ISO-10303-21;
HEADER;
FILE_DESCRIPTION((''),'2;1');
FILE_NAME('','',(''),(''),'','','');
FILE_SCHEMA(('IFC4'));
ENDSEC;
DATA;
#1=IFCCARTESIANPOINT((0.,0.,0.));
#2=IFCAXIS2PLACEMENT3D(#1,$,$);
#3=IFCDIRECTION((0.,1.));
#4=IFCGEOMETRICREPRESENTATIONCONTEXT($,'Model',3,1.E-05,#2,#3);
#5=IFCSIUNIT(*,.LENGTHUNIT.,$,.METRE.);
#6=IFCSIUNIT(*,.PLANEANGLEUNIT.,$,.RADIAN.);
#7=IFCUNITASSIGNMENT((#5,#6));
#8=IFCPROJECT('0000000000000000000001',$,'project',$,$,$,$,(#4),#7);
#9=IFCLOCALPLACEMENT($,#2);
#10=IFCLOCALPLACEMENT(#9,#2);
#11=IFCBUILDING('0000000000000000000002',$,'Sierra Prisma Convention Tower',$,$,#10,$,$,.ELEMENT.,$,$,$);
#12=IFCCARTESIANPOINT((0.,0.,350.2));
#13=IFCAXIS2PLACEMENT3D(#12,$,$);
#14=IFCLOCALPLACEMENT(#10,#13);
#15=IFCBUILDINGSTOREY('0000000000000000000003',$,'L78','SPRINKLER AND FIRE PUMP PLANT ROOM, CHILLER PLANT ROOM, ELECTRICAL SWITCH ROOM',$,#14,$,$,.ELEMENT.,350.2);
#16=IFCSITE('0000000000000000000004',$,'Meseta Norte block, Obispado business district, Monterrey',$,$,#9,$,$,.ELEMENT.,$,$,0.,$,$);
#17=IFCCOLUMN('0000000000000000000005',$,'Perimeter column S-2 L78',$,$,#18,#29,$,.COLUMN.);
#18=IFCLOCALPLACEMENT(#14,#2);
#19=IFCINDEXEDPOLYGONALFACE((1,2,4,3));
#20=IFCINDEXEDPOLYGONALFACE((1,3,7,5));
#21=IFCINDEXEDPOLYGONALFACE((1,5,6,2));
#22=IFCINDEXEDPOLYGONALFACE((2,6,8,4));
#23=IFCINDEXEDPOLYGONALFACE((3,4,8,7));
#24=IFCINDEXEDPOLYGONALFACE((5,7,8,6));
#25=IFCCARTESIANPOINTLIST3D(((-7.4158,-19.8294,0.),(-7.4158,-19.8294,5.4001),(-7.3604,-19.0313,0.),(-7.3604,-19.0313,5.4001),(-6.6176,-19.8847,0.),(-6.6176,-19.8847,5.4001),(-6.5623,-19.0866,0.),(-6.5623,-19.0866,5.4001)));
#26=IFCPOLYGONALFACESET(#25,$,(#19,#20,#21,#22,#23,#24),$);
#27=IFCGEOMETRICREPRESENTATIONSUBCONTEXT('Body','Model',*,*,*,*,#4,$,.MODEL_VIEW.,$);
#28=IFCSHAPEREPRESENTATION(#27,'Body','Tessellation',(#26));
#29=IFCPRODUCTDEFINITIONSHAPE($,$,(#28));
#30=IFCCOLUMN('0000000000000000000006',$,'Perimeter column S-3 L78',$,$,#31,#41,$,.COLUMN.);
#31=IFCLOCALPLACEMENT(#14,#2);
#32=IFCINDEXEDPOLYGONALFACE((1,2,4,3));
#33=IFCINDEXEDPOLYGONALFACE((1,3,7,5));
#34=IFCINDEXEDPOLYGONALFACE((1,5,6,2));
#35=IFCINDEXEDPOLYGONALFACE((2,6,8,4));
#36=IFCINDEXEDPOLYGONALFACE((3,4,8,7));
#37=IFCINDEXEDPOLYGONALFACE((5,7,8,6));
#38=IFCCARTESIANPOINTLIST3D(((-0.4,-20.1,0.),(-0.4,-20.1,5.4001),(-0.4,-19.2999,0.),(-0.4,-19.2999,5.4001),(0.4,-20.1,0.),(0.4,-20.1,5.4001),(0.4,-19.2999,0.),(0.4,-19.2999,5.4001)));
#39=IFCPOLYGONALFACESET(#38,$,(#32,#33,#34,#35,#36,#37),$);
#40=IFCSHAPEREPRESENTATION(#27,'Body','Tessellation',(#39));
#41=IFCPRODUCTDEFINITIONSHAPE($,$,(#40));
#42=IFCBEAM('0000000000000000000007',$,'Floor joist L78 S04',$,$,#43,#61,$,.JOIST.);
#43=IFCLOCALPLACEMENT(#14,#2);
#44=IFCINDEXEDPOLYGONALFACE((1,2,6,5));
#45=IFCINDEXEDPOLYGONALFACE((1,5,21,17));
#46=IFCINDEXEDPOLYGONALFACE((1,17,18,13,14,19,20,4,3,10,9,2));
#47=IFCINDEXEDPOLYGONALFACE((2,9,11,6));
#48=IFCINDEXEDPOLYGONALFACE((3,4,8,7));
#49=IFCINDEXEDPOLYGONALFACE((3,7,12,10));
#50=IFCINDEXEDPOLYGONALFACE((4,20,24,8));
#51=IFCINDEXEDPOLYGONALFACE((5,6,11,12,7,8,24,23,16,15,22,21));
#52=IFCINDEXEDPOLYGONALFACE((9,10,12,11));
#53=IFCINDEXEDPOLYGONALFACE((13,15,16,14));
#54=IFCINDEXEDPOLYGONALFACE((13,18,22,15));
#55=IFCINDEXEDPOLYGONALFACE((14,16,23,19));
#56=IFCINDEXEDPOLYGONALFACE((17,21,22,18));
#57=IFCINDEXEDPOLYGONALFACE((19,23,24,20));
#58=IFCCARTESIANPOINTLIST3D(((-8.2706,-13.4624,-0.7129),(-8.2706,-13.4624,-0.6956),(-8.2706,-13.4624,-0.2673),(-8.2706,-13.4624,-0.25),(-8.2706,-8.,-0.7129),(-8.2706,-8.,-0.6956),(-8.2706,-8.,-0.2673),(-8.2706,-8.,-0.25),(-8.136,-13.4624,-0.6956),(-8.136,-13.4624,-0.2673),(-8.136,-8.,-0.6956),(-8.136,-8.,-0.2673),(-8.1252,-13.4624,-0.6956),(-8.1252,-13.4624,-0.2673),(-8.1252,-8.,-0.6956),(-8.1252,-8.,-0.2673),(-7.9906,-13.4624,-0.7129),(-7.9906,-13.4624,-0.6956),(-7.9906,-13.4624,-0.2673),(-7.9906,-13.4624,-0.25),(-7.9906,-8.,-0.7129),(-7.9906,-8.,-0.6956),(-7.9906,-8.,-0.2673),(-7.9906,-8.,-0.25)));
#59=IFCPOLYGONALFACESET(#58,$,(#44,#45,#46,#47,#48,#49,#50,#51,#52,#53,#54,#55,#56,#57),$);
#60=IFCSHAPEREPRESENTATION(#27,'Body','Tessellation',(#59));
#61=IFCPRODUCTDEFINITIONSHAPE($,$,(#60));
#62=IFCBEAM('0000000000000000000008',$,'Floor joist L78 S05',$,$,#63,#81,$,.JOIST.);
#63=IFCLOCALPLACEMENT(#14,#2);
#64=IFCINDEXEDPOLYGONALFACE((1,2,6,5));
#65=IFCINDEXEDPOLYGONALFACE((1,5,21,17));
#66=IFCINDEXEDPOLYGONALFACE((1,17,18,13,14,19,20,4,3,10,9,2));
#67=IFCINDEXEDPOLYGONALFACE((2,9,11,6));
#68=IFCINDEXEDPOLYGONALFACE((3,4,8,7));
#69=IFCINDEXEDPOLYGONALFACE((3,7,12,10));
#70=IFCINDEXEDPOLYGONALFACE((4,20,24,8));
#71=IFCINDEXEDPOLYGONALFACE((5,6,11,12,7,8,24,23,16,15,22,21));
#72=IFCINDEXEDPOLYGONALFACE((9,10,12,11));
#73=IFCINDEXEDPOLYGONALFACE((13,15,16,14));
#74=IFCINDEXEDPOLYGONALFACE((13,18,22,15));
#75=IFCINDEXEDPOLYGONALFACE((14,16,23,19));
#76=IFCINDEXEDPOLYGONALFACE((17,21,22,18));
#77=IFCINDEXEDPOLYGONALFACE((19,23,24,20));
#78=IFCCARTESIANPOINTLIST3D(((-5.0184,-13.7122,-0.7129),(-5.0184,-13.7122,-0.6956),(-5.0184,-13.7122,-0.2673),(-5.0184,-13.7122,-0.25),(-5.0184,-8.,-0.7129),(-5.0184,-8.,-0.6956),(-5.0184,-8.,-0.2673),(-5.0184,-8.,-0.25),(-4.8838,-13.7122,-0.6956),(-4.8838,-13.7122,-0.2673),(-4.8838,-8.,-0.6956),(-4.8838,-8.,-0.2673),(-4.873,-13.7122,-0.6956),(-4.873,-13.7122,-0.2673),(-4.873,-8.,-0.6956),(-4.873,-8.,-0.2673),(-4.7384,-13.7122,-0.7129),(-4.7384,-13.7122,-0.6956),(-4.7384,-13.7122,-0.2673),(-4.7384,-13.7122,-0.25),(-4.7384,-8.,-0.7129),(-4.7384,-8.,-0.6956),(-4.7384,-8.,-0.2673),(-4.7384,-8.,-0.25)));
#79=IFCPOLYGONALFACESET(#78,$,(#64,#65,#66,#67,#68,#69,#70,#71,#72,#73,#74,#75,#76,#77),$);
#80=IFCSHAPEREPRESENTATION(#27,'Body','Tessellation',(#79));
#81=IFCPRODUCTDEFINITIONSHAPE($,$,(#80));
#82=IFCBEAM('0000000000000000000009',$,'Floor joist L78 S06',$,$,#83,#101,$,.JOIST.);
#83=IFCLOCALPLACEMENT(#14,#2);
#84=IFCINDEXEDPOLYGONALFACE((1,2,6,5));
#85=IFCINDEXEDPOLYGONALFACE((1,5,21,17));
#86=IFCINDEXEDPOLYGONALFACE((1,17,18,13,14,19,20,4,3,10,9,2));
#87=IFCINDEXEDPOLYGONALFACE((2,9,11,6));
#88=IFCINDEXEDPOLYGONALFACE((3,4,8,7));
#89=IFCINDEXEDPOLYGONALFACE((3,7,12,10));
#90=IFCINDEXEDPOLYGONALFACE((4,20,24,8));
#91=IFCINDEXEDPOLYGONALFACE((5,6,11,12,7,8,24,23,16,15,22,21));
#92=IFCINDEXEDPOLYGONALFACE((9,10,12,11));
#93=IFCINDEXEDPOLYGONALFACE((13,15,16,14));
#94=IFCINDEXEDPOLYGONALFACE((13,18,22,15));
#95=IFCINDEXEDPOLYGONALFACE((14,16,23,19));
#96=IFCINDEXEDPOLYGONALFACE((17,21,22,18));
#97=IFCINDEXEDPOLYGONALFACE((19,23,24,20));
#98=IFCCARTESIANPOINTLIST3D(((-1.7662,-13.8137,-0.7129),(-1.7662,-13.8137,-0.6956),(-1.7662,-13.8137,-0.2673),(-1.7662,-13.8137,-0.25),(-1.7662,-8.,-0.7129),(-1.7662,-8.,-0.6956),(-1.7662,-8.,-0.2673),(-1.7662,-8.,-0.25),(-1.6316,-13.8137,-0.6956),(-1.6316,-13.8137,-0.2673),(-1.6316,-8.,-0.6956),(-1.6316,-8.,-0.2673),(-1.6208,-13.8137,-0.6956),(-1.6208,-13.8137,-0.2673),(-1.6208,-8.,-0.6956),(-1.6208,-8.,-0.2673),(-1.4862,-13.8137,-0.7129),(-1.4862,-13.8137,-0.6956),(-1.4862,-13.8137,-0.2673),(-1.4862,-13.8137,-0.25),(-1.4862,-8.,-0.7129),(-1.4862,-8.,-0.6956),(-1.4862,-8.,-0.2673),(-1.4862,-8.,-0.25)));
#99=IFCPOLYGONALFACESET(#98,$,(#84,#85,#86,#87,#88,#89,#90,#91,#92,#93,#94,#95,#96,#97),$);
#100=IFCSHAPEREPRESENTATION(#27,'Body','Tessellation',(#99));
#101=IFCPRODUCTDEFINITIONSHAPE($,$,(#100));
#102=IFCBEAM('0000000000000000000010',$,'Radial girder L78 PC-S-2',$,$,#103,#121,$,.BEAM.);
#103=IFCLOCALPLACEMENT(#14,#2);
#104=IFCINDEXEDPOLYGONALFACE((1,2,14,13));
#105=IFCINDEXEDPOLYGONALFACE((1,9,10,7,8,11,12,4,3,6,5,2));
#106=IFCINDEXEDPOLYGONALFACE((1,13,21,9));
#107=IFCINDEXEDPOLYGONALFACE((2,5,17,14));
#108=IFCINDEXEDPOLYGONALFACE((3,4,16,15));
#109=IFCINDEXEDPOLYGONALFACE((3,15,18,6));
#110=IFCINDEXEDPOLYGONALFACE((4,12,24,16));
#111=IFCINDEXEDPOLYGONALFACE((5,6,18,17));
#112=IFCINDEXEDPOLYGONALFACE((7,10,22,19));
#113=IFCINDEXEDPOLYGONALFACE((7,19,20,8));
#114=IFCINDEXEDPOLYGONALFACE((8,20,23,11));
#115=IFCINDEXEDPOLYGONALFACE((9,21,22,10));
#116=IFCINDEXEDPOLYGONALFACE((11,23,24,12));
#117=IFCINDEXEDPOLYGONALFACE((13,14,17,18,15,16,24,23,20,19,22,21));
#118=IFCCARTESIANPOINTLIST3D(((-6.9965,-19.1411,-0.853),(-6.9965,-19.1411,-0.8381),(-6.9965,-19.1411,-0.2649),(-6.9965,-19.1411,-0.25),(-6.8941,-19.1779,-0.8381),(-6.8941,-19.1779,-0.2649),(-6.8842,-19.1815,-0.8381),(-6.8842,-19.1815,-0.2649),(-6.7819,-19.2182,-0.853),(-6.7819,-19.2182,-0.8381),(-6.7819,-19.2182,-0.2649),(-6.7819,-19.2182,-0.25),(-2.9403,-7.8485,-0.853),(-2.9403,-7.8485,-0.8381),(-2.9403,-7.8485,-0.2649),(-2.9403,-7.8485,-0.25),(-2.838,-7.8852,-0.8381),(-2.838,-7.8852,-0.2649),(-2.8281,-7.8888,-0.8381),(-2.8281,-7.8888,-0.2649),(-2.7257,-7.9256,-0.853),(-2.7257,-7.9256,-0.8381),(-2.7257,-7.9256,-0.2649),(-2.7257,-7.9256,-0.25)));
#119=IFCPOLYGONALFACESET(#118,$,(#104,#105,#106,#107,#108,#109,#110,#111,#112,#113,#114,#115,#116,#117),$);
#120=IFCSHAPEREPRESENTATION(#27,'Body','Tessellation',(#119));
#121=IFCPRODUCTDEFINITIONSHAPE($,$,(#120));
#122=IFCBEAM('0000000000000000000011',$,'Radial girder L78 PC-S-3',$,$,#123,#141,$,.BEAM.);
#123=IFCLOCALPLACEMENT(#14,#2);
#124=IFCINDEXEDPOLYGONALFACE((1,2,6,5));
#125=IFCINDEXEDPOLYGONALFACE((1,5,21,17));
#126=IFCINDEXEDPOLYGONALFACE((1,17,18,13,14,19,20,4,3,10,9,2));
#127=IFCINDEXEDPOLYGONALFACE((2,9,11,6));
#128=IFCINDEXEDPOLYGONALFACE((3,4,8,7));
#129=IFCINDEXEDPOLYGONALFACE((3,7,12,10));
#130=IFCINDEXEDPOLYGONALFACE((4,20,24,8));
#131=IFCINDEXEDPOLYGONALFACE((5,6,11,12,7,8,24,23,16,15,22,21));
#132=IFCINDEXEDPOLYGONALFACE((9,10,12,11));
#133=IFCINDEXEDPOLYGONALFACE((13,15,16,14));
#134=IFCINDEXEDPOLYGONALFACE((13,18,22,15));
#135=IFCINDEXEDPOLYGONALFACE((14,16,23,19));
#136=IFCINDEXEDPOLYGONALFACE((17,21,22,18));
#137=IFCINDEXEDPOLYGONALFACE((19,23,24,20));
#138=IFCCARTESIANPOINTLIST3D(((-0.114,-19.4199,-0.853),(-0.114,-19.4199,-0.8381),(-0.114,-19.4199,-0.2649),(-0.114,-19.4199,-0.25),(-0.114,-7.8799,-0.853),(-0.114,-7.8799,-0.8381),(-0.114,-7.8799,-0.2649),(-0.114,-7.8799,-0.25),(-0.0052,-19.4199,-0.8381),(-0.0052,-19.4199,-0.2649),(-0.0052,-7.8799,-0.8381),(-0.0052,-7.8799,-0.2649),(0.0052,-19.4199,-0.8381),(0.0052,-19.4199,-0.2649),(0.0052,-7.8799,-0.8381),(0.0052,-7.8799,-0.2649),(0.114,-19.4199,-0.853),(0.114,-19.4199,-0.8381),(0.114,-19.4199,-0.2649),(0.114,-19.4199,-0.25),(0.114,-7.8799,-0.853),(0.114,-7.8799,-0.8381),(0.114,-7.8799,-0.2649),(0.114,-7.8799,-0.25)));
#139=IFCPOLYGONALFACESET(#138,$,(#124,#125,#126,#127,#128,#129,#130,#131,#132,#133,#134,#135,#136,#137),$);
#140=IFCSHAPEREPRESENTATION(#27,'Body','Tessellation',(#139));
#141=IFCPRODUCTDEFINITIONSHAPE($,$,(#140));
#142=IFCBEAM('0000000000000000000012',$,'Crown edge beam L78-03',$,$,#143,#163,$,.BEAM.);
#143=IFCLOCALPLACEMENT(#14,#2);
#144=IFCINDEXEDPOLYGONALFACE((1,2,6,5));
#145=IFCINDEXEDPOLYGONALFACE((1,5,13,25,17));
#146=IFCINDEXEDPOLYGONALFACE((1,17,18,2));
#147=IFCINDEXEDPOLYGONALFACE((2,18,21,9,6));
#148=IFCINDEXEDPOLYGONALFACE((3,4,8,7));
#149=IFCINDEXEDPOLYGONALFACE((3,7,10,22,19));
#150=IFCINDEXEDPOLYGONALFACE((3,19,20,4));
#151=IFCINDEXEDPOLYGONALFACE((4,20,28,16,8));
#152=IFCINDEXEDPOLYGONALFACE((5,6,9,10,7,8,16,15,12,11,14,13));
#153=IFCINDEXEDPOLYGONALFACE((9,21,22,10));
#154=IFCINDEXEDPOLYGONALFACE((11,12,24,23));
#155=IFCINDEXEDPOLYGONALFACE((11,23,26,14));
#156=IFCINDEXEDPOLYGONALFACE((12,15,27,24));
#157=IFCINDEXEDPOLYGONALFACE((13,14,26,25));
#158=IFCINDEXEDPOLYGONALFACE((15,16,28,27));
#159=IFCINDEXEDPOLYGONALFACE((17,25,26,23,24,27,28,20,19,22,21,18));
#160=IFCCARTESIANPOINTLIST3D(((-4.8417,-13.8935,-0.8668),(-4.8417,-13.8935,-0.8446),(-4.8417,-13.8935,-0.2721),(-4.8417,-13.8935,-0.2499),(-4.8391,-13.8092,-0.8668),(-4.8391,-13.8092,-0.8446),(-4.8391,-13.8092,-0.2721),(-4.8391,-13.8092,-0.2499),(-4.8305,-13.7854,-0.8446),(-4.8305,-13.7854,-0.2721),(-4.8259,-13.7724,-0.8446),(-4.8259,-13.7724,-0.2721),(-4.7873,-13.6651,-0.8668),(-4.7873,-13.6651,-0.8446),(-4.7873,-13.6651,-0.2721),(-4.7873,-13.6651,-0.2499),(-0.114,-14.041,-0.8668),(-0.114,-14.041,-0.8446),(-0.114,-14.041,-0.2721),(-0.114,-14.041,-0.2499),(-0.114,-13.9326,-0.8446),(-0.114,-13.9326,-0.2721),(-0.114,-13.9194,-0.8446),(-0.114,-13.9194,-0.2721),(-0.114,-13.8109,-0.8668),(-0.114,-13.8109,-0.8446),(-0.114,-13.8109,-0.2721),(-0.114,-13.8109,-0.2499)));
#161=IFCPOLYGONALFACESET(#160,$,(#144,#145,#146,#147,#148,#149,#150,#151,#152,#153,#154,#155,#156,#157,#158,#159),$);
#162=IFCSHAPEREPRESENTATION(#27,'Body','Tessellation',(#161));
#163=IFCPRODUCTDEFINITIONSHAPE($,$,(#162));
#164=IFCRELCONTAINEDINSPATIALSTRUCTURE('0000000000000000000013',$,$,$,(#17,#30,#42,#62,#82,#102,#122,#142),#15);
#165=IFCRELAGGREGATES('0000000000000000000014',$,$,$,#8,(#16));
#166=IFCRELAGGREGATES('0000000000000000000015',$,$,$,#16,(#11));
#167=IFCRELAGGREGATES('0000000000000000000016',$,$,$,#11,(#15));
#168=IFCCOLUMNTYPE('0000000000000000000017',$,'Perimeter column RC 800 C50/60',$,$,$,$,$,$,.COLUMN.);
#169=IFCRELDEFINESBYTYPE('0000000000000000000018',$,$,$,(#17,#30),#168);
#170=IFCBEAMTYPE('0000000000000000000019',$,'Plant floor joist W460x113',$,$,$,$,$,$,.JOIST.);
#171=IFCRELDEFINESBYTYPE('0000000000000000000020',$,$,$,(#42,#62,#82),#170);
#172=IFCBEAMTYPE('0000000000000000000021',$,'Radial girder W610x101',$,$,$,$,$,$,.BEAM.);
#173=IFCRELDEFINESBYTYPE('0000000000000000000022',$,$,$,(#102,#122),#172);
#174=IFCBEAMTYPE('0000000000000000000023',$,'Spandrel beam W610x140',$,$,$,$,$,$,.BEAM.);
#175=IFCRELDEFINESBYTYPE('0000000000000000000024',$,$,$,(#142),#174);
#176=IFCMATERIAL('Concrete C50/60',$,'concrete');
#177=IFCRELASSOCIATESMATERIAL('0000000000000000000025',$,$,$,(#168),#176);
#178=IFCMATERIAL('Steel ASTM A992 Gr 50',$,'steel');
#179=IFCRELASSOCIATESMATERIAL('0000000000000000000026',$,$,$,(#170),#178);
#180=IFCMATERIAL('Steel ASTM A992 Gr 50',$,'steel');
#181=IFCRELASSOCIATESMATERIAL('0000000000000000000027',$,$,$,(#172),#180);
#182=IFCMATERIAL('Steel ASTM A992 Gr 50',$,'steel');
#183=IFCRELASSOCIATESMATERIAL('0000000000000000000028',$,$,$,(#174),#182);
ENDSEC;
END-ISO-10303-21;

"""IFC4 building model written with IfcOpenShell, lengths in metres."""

from ifc_helpers import new_model, si_unit, direction, frame, origin, origin_2d, place, context, subcontext, project, spatial, rectangle, i_section, extrude, clip, halfspace, material, material_profile, profile_set, type_object, element, save


model = new_model("IFC4")

# Units and contexts
model_context = context("Model", 3, precision=1e-05, world=origin(), true_north=direction((0.0, 1.0)))
body_context = subcontext(model_context, "Body", "Model", "MODEL_VIEW")
ifc_project = project(units=[si_unit("LENGTHUNIT", "METRE"), si_unit("PLANEANGLEUNIT", "RADIAN")], contexts=[model_context])

# Site, building, storey
site_placement = place(None, origin())
site = spatial("IfcSite", under=ifc_project, at=site_placement, Name="Meseta Norte block, Obispado business district, Monterrey", CompositionType="ELEMENT", RefElevation=0.0)
building_placement = place(site_placement, origin())
building = spatial("IfcBuilding", under=site, at=building_placement, Name="Sierra Prisma Convention Tower", CompositionType="ELEMENT")
storey_placement = place(building_placement, frame((0.0, 0.0, 350.2)))
storey = spatial("IfcBuildingStorey", under=building, at=storey_placement, Name="L78", Description="SPRINKLER AND FIRE PUMP PLANT ROOM, CHILLER PLANT ROOM, ELECTRICAL SWITCH ROOM", CompositionType="ELEMENT", Elevation=350.2)

# Columns
ifc_material_1 = material(Name="Concrete C50/60", Category="concrete")
ifc_material_profile_1 = material_profile(ifc_material_1, rectangle(XDim=0.8, YDim=0.8, at=origin_2d()), Name="Perimeter column RC 800 C50/60")
ifc_profile_set_1 = profile_set([ifc_material_profile_1], Name="Concrete C50/60")
column_type = type_object("IfcColumnType", Name="Perimeter column RC 800 C50/60", PredefinedType="COLUMN", material=ifc_profile_set_1)
for number, where, z_axis, x_axis, name in (
    (1, (-6.989, -19.458, 0.0), (0.0, 0.0, 1.0), (-0.997605, 0.069175, 0.0), "Perimeter column S-2 L78"),
    (2, (0.0, -19.7, 0.0), (0.0, 0.0, 1.0), (1.0, 0.0, 0.0), "Perimeter column S-3 L78"),
):
    element("IfcColumn", number, at=place(storey_placement, frame(where, z_axis=z_axis, x_axis=x_axis)), inside=storey, type_object=column_type, Name=name, PredefinedType="COLUMN", context=body_context, shape_type="SweptSolid", body=[
        extrude(rectangle(XDim=0.8, YDim=0.8, at=origin_2d()), origin(), (0.0, 0.0, 1.0), 5.4001),
    ])

# Beams
ifc_material_2 = material(Name="Steel ASTM A992 Gr 50", Category="steel")
ifc_material_profile_2 = material_profile(ifc_material_2, i_section(OverallWidth=0.28, OverallDepth=0.4629, WebThickness=0.0107, FlangeThickness=0.0173, at=origin_2d()), Name="W460x113")
ifc_profile_set_2 = profile_set([ifc_material_profile_2], Name="Steel ASTM A992 Gr 50")
beam_type_1 = type_object("IfcBeamType", Name="Plant floor joist W460x113", PredefinedType="JOIST", material=ifc_profile_set_2)
beam_1_placement = place(storey_placement, frame((-8.1306, -13.4624, -0.4814), z_axis=(0.0, 1.0, 0.0), x_axis=(-1.0, 0.0, 0.0)))
element("IfcBeam", 3, at=beam_1_placement, inside=storey, type_object=beam_type_1, Name="Floor joist L78 S04", PredefinedType="JOIST", context=body_context, shape_type="SweptSolid", body=[
    extrude(i_section(OverallWidth=0.28, OverallDepth=0.4629, WebThickness=0.0107, FlangeThickness=0.0173, at=origin_2d()), origin(), (0.0, 0.0, 1.0), 5.4624),
])
beam_2_placement = place(storey_placement, frame((-4.8784, -13.7122, -0.4814), z_axis=(0.0, 1.0, 0.0), x_axis=(-1.0, 0.0, 0.0)))
element("IfcBeam", 4, at=beam_2_placement, inside=storey, type_object=beam_type_1, Name="Floor joist L78 S05", PredefinedType="JOIST", context=body_context, shape_type="SweptSolid", body=[
    extrude(i_section(OverallWidth=0.28, OverallDepth=0.4629, WebThickness=0.0107, FlangeThickness=0.0173, at=origin_2d()), origin(), (0.0, 0.0, 1.0), 5.7122),
])
beam_3_placement = place(storey_placement, frame((-1.6262, -13.8137, -0.4814), z_axis=(0.0, 1.0, 0.0), x_axis=(-1.0, 0.0, 0.0)))
element("IfcBeam", 5, at=beam_3_placement, inside=storey, type_object=beam_type_1, Name="Floor joist L78 S06", PredefinedType="JOIST", context=body_context, shape_type="SweptSolid", body=[
    extrude(i_section(OverallWidth=0.28, OverallDepth=0.4629, WebThickness=0.0107, FlangeThickness=0.0173, at=origin_2d()), origin(), (0.0, 0.0, 1.0), 5.8137),
])
ifc_material_3 = material(Name="Steel ASTM A992 Gr 50", Category="steel")
ifc_material_profile_3 = material_profile(ifc_material_3, i_section(OverallWidth=0.228, OverallDepth=0.603, WebThickness=0.0105, FlangeThickness=0.0149, at=origin_2d()), Name="W610x101")
ifc_profile_set_3 = profile_set([ifc_material_profile_3], Name="Steel ASTM A992 Gr 50")
beam_type_2 = type_object("IfcBeamType", Name="Radial girder W610x101", PredefinedType="BEAM", material=ifc_profile_set_3)
beam_4_placement = place(storey_placement, frame((-6.8892, -19.1797, -0.5515), z_axis=(0.338039, 0.941132, 0.0), x_axis=(-0.941132, 0.338039, 0.0)))
element("IfcBeam", 6, at=beam_4_placement, inside=storey, type_object=beam_type_2, Name="Radial girder L78 PC-S-2", PredefinedType="BEAM", context=body_context, shape_type="SweptSolid", body=[
    extrude(i_section(OverallWidth=0.228, OverallDepth=0.603, WebThickness=0.0105, FlangeThickness=0.0149, at=origin_2d()), origin(), (0.0, 0.0, 1.0), 11.999),
])
beam_5_placement = place(storey_placement, frame((0.0, -19.4199, -0.5515), z_axis=(0.0, 1.0, 0.0), x_axis=(-1.0, 0.0, 0.0)))
element("IfcBeam", 7, at=beam_5_placement, inside=storey, type_object=beam_type_2, Name="Radial girder L78 PC-S-3", PredefinedType="BEAM", context=body_context, shape_type="SweptSolid", body=[
    extrude(i_section(OverallWidth=0.228, OverallDepth=0.603, WebThickness=0.0105, FlangeThickness=0.0149, at=origin_2d()), origin(), (0.0, 0.0, 1.0), 11.54),
])
ifc_material_4 = material(Name="Steel ASTM A992 Gr 50", Category="steel")
ifc_material_profile_4 = material_profile(ifc_material_4, i_section(OverallWidth=0.23, OverallDepth=0.6169, WebThickness=0.0132, FlangeThickness=0.0222, at=origin_2d()), Name="W610x140")
ifc_profile_set_4 = profile_set([ifc_material_profile_4], Name="Steel ASTM A992 Gr 50")
beam_type_3 = type_object("IfcBeamType", Name="Spandrel beam W610x140", PredefinedType="BEAM", material=ifc_profile_set_4)
beam_6_placement = place(storey_placement, frame((-4.8381, -13.7786, -0.5583), z_axis=(0.999514, -0.031185, 0.0), x_axis=(0.031185, 0.999514, 0.0)))
element("IfcBeam", 8, at=beam_6_placement, inside=storey, type_object=beam_type_3, Name="Crown edge beam L78-03", PredefinedType="BEAM", context=body_context, shape_type="SweptSolid", body=[
    clip(clip(extrude(i_section(OverallWidth=0.23, OverallDepth=0.6169, WebThickness=0.0132, FlangeThickness=0.0222, at=origin_2d()), origin(), (0.0, 0.0, 1.0), 4.7363), halfspace(frame((-0.0352, 0.0, -0.0015), z_axis=(-0.30853, 0.0, 0.951215), x_axis=(0.951215, 0.0, 0.30853)), True)), halfspace(frame((-0.0034, 0.0, 4.7266), z_axis=(-0.031185, 0.0, -0.999514), x_axis=(0.999514, 0.0, -0.031185)), True)),
])

save(model, "model.ifc")
